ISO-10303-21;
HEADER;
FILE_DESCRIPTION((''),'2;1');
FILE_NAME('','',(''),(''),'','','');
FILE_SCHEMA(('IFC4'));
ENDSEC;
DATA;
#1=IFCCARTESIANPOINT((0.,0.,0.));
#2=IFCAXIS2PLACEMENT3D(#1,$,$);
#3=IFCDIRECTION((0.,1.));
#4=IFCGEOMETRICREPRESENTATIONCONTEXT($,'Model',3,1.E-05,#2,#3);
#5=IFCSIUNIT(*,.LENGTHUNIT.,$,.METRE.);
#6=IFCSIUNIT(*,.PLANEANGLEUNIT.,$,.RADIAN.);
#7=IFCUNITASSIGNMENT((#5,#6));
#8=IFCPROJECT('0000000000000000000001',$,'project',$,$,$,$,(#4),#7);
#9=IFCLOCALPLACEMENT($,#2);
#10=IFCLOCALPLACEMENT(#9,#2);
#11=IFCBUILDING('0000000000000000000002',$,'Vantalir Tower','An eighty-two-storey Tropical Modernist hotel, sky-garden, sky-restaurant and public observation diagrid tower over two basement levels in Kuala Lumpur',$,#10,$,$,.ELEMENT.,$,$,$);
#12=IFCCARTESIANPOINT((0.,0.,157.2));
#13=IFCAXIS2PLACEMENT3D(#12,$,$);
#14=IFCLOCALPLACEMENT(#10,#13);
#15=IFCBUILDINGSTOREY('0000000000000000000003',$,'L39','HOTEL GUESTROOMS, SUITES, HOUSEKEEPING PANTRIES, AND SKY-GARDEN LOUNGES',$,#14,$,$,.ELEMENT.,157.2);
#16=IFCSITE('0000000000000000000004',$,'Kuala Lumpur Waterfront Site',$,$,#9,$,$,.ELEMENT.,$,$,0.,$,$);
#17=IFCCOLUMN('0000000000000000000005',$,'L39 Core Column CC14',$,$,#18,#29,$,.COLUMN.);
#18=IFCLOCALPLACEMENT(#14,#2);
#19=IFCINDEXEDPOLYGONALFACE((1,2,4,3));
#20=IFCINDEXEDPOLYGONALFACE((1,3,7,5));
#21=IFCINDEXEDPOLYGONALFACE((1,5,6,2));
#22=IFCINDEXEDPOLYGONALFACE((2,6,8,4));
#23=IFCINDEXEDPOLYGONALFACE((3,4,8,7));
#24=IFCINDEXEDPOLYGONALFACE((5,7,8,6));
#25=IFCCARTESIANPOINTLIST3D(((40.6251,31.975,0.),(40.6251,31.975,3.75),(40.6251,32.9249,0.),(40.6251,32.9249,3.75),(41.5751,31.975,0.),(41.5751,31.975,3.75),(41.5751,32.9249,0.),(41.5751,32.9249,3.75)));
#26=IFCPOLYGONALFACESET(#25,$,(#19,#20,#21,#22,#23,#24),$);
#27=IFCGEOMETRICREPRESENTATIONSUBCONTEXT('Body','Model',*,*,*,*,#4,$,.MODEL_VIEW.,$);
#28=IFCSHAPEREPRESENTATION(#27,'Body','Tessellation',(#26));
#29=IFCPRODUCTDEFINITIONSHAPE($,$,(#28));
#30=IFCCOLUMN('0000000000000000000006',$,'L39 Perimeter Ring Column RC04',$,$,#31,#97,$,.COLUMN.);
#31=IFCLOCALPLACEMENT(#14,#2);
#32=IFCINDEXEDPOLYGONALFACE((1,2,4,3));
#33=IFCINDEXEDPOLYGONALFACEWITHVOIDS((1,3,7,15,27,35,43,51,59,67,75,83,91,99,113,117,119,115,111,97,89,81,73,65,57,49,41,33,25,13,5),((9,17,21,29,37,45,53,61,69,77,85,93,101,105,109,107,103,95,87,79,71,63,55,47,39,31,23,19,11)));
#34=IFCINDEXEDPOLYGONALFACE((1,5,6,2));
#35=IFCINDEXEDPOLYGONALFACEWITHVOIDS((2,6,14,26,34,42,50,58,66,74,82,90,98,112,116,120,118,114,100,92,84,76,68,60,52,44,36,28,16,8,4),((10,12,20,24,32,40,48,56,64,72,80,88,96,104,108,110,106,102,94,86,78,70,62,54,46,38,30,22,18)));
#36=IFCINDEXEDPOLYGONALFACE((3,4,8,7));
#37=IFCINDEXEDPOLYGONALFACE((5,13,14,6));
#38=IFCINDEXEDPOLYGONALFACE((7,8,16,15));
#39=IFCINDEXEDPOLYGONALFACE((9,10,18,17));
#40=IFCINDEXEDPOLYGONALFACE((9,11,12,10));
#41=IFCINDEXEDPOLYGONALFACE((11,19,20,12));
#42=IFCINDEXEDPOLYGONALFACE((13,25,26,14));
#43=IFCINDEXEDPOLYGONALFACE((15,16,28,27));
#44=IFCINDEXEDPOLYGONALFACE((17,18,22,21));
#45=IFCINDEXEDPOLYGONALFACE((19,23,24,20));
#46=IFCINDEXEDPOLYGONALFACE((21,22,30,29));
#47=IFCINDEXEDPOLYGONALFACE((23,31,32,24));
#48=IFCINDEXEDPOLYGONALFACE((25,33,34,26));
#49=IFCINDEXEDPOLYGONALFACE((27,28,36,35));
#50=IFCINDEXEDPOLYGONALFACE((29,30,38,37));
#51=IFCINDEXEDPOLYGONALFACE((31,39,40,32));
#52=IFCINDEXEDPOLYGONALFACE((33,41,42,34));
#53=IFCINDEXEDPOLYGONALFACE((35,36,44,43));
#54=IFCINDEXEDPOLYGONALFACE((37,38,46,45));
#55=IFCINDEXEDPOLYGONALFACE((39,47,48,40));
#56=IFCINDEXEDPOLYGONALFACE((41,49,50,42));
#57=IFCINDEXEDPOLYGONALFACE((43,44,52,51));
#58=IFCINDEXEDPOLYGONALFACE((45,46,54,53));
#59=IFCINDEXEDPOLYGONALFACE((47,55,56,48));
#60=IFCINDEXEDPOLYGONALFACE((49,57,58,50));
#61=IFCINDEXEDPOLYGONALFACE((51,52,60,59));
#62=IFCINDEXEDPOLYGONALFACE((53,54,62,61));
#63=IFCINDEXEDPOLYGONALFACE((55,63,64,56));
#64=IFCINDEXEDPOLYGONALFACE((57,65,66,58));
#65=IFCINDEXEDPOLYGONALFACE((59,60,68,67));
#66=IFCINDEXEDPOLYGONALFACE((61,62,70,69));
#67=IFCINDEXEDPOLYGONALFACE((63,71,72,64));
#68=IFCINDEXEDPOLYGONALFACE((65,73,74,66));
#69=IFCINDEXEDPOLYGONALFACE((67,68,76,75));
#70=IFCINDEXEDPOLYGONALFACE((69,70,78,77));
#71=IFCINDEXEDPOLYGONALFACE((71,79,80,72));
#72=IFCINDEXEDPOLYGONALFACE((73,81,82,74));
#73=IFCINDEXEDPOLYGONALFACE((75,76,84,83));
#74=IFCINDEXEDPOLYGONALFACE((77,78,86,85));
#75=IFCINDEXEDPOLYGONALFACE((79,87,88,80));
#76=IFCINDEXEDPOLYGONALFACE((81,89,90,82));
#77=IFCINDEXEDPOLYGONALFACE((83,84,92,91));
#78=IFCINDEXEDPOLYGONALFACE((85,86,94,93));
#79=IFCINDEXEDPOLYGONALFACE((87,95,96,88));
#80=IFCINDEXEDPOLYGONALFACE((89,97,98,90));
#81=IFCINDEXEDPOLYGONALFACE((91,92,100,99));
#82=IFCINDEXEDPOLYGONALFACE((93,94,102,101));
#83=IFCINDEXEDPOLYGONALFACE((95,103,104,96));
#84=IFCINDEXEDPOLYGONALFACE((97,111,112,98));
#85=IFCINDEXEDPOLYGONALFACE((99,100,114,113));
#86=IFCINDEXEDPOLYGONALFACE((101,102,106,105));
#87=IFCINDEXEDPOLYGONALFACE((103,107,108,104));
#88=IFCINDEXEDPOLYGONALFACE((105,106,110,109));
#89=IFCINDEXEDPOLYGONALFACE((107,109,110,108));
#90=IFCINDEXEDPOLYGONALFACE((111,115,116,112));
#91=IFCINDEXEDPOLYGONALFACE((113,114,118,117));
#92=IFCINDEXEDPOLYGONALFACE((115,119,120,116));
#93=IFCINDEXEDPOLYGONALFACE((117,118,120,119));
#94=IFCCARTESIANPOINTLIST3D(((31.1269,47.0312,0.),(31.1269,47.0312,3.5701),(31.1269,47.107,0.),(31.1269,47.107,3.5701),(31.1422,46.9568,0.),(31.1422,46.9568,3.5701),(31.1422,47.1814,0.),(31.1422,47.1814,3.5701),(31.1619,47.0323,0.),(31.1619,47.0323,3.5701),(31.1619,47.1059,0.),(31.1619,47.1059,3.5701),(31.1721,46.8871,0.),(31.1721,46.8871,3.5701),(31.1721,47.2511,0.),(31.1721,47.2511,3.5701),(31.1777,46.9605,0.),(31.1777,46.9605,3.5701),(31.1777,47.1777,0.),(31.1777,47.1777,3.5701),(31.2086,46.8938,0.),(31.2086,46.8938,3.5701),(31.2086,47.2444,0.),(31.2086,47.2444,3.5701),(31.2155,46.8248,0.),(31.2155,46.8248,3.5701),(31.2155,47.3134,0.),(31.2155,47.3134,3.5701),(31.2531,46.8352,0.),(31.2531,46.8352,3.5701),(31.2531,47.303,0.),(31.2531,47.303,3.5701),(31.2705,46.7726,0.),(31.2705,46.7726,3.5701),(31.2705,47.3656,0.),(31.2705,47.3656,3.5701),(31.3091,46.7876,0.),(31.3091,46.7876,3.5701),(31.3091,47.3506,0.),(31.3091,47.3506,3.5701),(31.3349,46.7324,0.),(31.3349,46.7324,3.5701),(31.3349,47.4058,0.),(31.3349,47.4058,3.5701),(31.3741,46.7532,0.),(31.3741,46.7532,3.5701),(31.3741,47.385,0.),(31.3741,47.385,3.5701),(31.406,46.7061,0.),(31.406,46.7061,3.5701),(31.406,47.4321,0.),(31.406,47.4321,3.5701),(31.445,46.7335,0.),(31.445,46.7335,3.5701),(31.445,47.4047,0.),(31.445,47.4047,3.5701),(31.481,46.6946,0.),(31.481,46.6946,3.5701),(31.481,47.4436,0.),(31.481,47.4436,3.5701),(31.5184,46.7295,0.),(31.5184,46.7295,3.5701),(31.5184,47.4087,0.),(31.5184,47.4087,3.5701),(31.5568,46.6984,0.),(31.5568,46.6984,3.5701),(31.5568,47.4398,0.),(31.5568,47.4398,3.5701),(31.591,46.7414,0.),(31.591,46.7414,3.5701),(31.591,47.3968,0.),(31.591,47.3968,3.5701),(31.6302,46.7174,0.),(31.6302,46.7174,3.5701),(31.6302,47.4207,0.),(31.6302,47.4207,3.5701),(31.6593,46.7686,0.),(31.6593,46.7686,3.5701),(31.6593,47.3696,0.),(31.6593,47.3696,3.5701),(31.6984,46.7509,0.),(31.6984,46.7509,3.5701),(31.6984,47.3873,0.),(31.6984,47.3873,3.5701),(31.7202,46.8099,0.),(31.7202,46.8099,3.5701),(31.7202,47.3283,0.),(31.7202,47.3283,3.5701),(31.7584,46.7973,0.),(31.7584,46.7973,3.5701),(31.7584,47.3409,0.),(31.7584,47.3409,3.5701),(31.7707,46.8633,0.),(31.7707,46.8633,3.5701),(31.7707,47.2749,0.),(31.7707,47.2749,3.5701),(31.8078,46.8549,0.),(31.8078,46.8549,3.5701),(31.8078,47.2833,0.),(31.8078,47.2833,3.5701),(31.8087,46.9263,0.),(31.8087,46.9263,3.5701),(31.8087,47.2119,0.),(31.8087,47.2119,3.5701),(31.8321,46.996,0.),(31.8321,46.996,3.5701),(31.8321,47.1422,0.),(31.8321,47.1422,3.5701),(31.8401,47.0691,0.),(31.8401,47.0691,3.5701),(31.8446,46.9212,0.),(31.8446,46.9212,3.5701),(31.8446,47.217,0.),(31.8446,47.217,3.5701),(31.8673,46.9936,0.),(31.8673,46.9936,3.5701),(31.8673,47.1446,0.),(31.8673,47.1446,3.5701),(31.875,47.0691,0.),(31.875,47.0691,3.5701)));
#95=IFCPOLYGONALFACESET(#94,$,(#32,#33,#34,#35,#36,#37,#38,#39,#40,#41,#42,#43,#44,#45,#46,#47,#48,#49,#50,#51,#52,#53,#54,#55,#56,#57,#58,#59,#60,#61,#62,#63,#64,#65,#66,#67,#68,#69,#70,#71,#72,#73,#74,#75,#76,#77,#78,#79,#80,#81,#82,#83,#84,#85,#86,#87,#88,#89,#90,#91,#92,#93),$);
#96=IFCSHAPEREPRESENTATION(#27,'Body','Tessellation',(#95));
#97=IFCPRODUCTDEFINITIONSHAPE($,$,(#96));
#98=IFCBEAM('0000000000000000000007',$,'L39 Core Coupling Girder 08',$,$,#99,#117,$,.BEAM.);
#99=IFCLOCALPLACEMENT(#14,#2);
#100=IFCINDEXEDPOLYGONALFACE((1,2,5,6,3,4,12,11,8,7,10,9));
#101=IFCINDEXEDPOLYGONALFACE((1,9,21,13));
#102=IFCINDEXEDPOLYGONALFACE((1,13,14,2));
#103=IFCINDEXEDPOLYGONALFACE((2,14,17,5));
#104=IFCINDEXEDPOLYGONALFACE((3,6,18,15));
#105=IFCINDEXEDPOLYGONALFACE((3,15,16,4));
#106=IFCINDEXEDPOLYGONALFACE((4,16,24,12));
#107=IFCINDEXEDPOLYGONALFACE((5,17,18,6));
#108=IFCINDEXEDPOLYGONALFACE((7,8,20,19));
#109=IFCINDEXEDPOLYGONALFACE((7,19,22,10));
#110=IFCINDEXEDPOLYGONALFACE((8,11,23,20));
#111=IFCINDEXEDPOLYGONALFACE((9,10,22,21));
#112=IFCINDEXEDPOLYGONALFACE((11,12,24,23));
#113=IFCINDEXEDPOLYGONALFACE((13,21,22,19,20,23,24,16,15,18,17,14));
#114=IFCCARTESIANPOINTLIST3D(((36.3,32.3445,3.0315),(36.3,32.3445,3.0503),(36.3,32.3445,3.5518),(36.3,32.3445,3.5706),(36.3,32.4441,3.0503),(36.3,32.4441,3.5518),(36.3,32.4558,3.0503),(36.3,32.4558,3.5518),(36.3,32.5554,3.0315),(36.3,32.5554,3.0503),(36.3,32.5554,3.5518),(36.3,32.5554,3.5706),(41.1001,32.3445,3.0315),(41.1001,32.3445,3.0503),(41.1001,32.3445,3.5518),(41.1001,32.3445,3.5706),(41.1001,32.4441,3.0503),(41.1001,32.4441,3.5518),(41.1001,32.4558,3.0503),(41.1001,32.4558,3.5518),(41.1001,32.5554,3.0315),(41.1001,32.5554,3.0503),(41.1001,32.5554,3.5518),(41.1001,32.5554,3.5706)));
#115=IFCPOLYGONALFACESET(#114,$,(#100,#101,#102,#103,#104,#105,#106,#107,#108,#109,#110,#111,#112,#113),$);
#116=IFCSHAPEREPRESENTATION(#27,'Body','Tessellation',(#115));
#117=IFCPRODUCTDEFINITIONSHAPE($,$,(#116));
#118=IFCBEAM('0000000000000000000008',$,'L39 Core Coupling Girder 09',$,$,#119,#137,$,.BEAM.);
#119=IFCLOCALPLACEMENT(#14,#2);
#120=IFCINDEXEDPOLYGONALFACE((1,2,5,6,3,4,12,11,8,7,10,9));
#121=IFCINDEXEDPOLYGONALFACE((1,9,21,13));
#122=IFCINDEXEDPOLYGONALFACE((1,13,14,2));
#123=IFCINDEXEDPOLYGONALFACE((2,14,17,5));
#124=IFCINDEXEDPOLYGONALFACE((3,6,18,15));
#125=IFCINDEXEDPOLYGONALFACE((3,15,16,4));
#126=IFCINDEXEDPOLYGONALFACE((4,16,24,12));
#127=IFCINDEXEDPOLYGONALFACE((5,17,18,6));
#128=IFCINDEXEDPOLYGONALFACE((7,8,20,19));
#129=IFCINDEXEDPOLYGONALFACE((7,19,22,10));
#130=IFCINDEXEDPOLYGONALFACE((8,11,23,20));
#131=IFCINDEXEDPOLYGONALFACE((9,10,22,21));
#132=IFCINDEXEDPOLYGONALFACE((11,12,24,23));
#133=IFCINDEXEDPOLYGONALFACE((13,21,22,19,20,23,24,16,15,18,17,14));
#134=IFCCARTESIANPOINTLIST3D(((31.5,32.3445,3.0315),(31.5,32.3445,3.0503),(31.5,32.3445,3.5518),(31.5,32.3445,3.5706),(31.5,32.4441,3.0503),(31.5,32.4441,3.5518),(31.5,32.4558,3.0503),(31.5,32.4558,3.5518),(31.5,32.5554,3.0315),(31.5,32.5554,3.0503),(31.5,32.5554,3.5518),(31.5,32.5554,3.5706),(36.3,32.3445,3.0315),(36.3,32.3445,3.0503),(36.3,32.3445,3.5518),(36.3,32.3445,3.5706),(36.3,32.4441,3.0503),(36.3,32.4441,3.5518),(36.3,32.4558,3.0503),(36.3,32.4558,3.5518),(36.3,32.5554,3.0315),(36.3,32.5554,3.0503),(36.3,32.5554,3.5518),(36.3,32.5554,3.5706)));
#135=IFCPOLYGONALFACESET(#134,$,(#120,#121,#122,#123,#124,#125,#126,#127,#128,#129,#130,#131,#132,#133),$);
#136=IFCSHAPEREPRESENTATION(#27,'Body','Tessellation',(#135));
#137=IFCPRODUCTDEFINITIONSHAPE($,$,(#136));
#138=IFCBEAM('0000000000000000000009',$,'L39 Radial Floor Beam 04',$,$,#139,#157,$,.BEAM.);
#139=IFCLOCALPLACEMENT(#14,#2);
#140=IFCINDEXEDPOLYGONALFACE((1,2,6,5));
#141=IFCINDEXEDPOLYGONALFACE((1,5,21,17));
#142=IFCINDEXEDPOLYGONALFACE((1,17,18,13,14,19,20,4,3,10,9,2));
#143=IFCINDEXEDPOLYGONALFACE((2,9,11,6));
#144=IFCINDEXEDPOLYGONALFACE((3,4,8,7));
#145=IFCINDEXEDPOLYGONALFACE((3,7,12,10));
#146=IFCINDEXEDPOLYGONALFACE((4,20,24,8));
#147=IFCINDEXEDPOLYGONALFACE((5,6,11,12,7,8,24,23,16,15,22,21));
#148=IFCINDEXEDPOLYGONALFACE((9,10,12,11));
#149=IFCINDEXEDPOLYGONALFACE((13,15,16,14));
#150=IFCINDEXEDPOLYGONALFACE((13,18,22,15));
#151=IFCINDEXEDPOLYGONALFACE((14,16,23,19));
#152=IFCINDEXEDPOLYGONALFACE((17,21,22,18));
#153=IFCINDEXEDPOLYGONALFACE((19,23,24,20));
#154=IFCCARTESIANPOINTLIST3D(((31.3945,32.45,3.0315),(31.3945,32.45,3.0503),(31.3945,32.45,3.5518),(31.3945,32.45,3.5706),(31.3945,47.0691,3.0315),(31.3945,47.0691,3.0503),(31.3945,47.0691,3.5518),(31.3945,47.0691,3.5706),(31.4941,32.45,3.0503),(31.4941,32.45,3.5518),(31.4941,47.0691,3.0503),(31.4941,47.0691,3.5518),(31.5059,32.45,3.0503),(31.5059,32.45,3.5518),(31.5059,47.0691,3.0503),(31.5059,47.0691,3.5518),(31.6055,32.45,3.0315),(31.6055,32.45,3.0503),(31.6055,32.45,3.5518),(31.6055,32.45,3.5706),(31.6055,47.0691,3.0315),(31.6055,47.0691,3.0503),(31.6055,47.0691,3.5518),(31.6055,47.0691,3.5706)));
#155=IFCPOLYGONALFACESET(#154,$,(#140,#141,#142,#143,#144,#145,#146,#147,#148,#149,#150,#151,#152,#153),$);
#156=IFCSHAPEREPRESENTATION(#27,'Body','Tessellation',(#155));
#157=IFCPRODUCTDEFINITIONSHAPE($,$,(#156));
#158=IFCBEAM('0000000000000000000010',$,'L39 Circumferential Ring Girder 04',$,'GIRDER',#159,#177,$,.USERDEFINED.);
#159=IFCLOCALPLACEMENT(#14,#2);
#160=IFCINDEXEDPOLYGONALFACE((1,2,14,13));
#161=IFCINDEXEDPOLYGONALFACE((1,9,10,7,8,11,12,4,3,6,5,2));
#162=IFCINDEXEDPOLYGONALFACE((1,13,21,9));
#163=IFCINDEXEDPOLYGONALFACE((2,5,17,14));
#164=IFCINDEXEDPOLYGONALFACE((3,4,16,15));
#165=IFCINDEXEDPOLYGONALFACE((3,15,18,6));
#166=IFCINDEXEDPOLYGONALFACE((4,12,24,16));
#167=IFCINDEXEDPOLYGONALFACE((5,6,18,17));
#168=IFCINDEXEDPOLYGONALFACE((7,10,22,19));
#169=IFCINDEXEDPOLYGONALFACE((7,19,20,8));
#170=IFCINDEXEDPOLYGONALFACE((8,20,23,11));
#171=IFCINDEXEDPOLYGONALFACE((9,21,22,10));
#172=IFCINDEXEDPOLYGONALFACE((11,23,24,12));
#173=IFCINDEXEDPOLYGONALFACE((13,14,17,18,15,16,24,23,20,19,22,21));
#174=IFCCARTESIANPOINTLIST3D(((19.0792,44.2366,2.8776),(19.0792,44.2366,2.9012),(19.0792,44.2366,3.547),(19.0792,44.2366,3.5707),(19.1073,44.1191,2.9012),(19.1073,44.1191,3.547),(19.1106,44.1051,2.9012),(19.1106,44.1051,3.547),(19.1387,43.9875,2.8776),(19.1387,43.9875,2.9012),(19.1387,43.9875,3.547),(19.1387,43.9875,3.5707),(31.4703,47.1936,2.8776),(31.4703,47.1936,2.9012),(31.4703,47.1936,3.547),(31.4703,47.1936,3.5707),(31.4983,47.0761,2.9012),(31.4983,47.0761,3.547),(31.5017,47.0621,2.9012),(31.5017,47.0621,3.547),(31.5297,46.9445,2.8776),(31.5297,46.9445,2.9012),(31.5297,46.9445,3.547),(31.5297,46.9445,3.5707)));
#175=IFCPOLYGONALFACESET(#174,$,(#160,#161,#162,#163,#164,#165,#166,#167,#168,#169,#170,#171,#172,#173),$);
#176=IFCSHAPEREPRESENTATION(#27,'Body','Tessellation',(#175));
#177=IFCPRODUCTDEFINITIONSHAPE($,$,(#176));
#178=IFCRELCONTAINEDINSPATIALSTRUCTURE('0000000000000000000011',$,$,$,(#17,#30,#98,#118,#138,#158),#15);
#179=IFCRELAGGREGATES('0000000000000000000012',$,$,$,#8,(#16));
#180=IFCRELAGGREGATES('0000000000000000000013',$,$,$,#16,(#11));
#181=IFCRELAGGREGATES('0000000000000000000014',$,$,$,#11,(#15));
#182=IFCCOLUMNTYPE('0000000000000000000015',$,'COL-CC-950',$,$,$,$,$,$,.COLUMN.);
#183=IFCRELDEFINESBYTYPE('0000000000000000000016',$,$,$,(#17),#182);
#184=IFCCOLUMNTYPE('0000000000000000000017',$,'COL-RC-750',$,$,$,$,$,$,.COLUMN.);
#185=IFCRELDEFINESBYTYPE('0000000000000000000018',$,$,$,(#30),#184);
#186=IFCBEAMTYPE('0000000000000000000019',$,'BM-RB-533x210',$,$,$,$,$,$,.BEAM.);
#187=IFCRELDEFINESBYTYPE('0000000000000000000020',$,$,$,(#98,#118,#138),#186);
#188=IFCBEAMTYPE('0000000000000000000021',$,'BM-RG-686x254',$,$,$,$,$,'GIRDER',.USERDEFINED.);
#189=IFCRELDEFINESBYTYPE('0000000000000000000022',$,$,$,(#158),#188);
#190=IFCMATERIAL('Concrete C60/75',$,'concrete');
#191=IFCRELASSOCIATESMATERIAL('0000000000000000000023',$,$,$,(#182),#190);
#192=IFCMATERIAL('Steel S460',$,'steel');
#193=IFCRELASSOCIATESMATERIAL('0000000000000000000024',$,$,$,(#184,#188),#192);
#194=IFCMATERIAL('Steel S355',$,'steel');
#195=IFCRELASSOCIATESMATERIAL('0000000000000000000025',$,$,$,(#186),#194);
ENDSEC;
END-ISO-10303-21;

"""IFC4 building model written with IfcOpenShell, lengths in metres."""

from ifc_helpers import new_model, si_unit, direction, frame, origin, origin_2d, place, context, subcontext, project, spatial, rectangle, hollow_circle, i_section, extrude, material, material_profile, profile_set, type_object, element, save


model = new_model("IFC4")

# Units and contexts
model_context = context("Model", 3, precision=1e-05, world=origin(), true_north=direction((0.0, 1.0)))
body_context = subcontext(model_context, "Body", "Model", "MODEL_VIEW")
ifc_project = project(units=[si_unit("LENGTHUNIT", "METRE"), si_unit("PLANEANGLEUNIT", "RADIAN")], contexts=[model_context])

# Site, building, storey
site_placement = place(None, origin())
site = spatial("IfcSite", under=ifc_project, at=site_placement, Name="Kuala Lumpur Waterfront Site", CompositionType="ELEMENT", RefElevation=0.0)
building_placement = place(site_placement, origin())
building = spatial("IfcBuilding", under=site, at=building_placement, Name="Vantalir Tower", Description="An eighty-two-storey Tropical Modernist hotel, sky-garden, sky-restaurant and public observation diagrid tower over two basement levels in Kuala Lumpur", CompositionType="ELEMENT")
storey_placement = place(building_placement, frame((0.0, 0.0, 157.2)))
storey = spatial("IfcBuildingStorey", under=building, at=storey_placement, Name="L39", Description="HOTEL GUESTROOMS, SUITES, HOUSEKEEPING PANTRIES, AND SKY-GARDEN LOUNGES", CompositionType="ELEMENT", Elevation=157.2)

# Columns
ifc_material_1 = material(Name="Concrete C60/75", Category="concrete")
ifc_material_profile_1 = material_profile(ifc_material_1, rectangle(XDim=0.95, YDim=0.95, at=origin_2d()), Name="Concrete C60/75")
ifc_profile_set_1 = profile_set([ifc_material_profile_1], Name="Concrete C60/75")
column_type_1 = type_object("IfcColumnType", Name="COL-CC-950", PredefinedType="COLUMN", material=ifc_profile_set_1)
column_1_placement = place(storey_placement, frame((41.1001, 32.45, 0.0), z_axis=(0.0, 0.0, 1.0), x_axis=(1.0, 0.0, 0.0)))
element("IfcColumn", 1, at=column_1_placement, inside=storey, type_object=column_type_1, Name="L39 Core Column CC14", PredefinedType="COLUMN", context=body_context, shape_type="SweptSolid", body=[
    extrude(rectangle(XDim=0.95, YDim=0.95, at=origin_2d()), origin(), (0.0, 0.0, 1.0), 3.75),
])
ifc_material_2 = material(Name="Steel S460", Category="steel")
ifc_material_profile_2 = material_profile(ifc_material_2, hollow_circle(Radius=0.375, WallThickness=0.0349, at=origin_2d()), Name="Steel S460")
ifc_profile_set_2 = profile_set([ifc_material_profile_2], Name="Steel S460")
column_type_2 = type_object("IfcColumnType", Name="COL-RC-750", PredefinedType="COLUMN", material=ifc_profile_set_2)
column_2_placement = place(storey_placement, frame((31.5, 47.0691, 0.0), z_axis=(0.0, 0.0, 1.0), x_axis=(1.0, 0.0, 0.0)))
element("IfcColumn", 2, at=column_2_placement, inside=storey, type_object=column_type_2, Name="L39 Perimeter Ring Column RC04", PredefinedType="COLUMN", context=body_context, shape_type="SweptSolid", body=[
    extrude(hollow_circle(Radius=0.375, WallThickness=0.0349, at=origin_2d()), origin(), (0.0, 0.0, 1.0), 3.5701),
])

# Beams
ifc_material_3 = material(Name="Steel S355", Category="steel")
ifc_material_profile_3 = material_profile(ifc_material_3, i_section(OverallWidth=0.2109, OverallDepth=0.5391, WebThickness=0.0117, FlangeThickness=0.0188, at=origin_2d()), Name="Steel S355")
ifc_profile_set_3 = profile_set([ifc_material_profile_3], Name="Steel S355")
beam_type_1 = type_object("IfcBeamType", Name="BM-RB-533x210", PredefinedType="BEAM", material=ifc_profile_set_3)
for number, where, z_axis, x_axis, name in (
    (3, (41.1001, 32.45, 3.301), (-1.0, 0.0, 0.0), (0.0, -1.0, 0.0), "L39 Core Coupling Girder 08"),
    (4, (36.3, 32.45, 3.301), (-1.0, 0.0, 0.0), (0.0, -1.0, 0.0), "L39 Core Coupling Girder 09"),
):
    element("IfcBeam", number, at=place(storey_placement, frame(where, z_axis=z_axis, x_axis=x_axis)), inside=storey, type_object=beam_type_1, Name=name, PredefinedType="BEAM", context=body_context, shape_type="SweptSolid", body=[
        extrude(i_section(OverallWidth=0.2109, OverallDepth=0.5391, WebThickness=0.0117, FlangeThickness=0.0188, at=origin_2d()), origin(), (0.0, 0.0, 1.0), 4.8),
    ])
beam_1_placement = place(storey_placement, frame((31.5, 47.0691, 3.301), z_axis=(0.0, -1.0, 0.0), x_axis=(1.0, 0.0, 0.0)))
element("IfcBeam", 5, at=beam_1_placement, inside=storey, type_object=beam_type_1, Name="L39 Radial Floor Beam 04", PredefinedType="BEAM", context=body_context, shape_type="SweptSolid", body=[
    extrude(i_section(OverallWidth=0.2109, OverallDepth=0.5391, WebThickness=0.0117, FlangeThickness=0.0188, at=origin_2d()), origin(), (0.0, 0.0, 1.0), 14.6191),
])
ifc_material_profile_4 = material_profile(ifc_material_2, i_section(OverallWidth=0.2561, OverallDepth=0.6931, WebThickness=0.0144, FlangeThickness=0.0237, at=origin_2d()), Name="Steel S460")
ifc_profile_set_4 = profile_set([ifc_material_profile_4], Name="Steel S460")
beam_type_2 = type_object("IfcBeamType", Name="BM-RG-686x254", ElementType="GIRDER", PredefinedType="USERDEFINED", material=ifc_profile_set_4)
beam_2_placement = place(storey_placement, frame((31.5, 47.0691, 3.2241), z_axis=(-0.972686, -0.232123, 0.0), x_axis=(0.232123, -0.972686, 0.0)))
element("IfcBeam", 6, at=beam_2_placement, inside=storey, type_object=beam_type_2, Name="L39 Circumferential Ring Girder 04", ObjectType="GIRDER", PredefinedType="USERDEFINED", context=body_context, shape_type="SweptSolid", body=[
    extrude(i_section(OverallWidth=0.2561, OverallDepth=0.6931, WebThickness=0.0144, FlangeThickness=0.0237, at=origin_2d()), origin(), (0.0, 0.0, 1.0), 12.739),
])

save(model, "model.ifc")
